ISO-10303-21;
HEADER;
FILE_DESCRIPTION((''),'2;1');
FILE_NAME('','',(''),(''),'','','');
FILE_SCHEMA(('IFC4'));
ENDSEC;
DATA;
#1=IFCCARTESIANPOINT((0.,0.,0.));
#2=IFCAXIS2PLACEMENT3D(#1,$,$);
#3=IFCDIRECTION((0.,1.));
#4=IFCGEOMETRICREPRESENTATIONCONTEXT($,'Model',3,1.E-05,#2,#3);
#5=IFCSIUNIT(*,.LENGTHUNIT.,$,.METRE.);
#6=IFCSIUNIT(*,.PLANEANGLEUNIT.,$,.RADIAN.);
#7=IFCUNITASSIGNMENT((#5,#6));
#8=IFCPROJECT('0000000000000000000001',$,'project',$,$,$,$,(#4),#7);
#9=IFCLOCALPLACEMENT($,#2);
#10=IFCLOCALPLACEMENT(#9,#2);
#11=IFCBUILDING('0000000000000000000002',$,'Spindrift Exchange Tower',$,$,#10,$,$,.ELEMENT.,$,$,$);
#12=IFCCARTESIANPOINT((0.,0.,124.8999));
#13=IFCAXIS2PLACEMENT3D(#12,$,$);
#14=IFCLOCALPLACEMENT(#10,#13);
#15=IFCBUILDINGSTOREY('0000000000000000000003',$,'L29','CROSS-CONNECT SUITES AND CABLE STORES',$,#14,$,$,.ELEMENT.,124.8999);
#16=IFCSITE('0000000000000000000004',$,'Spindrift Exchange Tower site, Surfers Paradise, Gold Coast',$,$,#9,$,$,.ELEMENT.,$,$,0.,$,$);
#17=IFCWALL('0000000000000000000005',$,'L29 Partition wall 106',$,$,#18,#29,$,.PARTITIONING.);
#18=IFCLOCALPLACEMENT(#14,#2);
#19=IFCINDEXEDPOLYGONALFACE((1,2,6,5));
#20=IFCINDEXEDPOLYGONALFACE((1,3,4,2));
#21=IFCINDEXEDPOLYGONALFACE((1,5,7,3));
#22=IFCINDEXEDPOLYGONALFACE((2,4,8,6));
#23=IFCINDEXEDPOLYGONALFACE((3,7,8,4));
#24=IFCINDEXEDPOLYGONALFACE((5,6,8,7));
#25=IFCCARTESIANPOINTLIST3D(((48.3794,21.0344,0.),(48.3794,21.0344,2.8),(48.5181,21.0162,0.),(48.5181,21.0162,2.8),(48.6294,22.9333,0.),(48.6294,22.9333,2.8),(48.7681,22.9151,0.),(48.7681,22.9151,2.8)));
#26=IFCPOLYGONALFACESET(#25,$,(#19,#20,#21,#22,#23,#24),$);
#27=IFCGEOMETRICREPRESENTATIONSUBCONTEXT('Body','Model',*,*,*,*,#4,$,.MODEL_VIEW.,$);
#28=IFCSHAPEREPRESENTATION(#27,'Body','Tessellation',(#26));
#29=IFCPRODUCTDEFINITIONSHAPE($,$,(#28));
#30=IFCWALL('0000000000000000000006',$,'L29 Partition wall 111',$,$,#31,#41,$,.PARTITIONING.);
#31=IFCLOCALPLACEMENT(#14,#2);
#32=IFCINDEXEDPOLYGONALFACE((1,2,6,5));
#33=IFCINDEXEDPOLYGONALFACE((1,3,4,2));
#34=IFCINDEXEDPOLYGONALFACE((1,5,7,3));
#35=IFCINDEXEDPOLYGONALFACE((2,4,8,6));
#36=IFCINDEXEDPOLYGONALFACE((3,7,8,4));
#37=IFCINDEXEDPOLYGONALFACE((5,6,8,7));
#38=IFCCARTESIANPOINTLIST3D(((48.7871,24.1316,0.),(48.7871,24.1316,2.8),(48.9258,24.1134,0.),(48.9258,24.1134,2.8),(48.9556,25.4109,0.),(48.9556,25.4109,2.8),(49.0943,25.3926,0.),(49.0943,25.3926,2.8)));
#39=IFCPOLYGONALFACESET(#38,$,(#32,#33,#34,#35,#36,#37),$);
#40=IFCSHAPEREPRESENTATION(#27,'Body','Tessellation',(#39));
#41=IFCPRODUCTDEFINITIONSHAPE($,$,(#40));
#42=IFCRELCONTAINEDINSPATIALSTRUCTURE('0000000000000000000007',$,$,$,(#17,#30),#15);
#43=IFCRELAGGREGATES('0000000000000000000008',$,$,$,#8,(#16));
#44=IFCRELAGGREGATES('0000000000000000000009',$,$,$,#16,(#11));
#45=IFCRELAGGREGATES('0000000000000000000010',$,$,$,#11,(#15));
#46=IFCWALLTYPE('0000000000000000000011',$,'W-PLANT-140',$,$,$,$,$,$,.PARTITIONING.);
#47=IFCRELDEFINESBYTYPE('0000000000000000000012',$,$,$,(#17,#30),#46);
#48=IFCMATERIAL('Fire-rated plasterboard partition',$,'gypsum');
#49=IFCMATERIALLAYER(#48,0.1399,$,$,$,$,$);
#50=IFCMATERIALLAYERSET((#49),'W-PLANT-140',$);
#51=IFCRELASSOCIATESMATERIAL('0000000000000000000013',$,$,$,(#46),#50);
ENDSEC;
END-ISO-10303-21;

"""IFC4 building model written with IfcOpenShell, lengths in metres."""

from ifc_helpers import new_model, si_unit, direction, frame, frame_2d, origin, place, context, subcontext, project, spatial, rectangle, extrude, material, layer, layer_set, type_object, element, save


model = new_model("IFC4")

# Units and contexts
model_context = context("Model", 3, precision=1e-05, world=origin(), true_north=direction((0.0, 1.0)))
body_context = subcontext(model_context, "Body", "Model", "MODEL_VIEW")
ifc_project = project(units=[si_unit("LENGTHUNIT", "METRE"), si_unit("PLANEANGLEUNIT", "RADIAN")], contexts=[model_context])

# Site, building, storey
site_placement = place(None, origin())
site = spatial("IfcSite", under=ifc_project, at=site_placement, Name="Spindrift Exchange Tower site, Surfers Paradise, Gold Coast", CompositionType="ELEMENT", RefElevation=0.0)
building_placement = place(site_placement, origin())
building = spatial("IfcBuilding", under=site, at=building_placement, Name="Spindrift Exchange Tower", CompositionType="ELEMENT")
storey_placement = place(building_placement, frame((0.0, 0.0, 124.8999)))
storey = spatial("IfcBuildingStorey", under=building, at=storey_placement, Name="L29", Description="CROSS-CONNECT SUITES AND CABLE STORES", CompositionType="ELEMENT", Elevation=124.8999)

# Walls
ifc_material_1 = material(Name="Fire-rated plasterboard partition", Category="gypsum")
ifc_layer_1 = layer(ifc_material_1, 0.1399)
ifc_layer_set_1 = layer_set([ifc_layer_1], Name="W-PLANT-140")
wall_type = type_object("IfcWallType", Name="W-PLANT-140", PredefinedType="PARTITIONING", material=ifc_layer_set_1)
wall_1_placement = place(storey_placement, frame((48.6987, 22.9241, 0.0), z_axis=(0.0, 0.0, 1.0), x_axis=(-0.130527, -0.991445, 0.0)))
element("IfcWall", 1, at=wall_1_placement, inside=storey, type_object=wall_type, Name="L29 Partition wall 106", PredefinedType="PARTITIONING", context=body_context, shape_type="SweptSolid", body=[
    extrude(rectangle(XDim=1.9153, YDim=0.1399, at=frame_2d((0.9575, 0.0))), origin(), (0.0, 0.0, 1.0), 2.8),
])
wall_2_placement = place(storey_placement, frame((49.0249, 25.4016, 0.0), z_axis=(0.0, 0.0, 1.0), x_axis=(-0.130552, -0.991441, 0.0)))
element("IfcWall", 2, at=wall_2_placement, inside=storey, type_object=wall_type, Name="L29 Partition wall 111", PredefinedType="PARTITIONING", context=body_context, shape_type="SweptSolid", body=[
    extrude(rectangle(XDim=1.2903, YDim=0.1399, at=frame_2d((0.645, 0.0))), origin(), (0.0, 0.0, 1.0), 2.8),
])

save(model, "model.ifc")
